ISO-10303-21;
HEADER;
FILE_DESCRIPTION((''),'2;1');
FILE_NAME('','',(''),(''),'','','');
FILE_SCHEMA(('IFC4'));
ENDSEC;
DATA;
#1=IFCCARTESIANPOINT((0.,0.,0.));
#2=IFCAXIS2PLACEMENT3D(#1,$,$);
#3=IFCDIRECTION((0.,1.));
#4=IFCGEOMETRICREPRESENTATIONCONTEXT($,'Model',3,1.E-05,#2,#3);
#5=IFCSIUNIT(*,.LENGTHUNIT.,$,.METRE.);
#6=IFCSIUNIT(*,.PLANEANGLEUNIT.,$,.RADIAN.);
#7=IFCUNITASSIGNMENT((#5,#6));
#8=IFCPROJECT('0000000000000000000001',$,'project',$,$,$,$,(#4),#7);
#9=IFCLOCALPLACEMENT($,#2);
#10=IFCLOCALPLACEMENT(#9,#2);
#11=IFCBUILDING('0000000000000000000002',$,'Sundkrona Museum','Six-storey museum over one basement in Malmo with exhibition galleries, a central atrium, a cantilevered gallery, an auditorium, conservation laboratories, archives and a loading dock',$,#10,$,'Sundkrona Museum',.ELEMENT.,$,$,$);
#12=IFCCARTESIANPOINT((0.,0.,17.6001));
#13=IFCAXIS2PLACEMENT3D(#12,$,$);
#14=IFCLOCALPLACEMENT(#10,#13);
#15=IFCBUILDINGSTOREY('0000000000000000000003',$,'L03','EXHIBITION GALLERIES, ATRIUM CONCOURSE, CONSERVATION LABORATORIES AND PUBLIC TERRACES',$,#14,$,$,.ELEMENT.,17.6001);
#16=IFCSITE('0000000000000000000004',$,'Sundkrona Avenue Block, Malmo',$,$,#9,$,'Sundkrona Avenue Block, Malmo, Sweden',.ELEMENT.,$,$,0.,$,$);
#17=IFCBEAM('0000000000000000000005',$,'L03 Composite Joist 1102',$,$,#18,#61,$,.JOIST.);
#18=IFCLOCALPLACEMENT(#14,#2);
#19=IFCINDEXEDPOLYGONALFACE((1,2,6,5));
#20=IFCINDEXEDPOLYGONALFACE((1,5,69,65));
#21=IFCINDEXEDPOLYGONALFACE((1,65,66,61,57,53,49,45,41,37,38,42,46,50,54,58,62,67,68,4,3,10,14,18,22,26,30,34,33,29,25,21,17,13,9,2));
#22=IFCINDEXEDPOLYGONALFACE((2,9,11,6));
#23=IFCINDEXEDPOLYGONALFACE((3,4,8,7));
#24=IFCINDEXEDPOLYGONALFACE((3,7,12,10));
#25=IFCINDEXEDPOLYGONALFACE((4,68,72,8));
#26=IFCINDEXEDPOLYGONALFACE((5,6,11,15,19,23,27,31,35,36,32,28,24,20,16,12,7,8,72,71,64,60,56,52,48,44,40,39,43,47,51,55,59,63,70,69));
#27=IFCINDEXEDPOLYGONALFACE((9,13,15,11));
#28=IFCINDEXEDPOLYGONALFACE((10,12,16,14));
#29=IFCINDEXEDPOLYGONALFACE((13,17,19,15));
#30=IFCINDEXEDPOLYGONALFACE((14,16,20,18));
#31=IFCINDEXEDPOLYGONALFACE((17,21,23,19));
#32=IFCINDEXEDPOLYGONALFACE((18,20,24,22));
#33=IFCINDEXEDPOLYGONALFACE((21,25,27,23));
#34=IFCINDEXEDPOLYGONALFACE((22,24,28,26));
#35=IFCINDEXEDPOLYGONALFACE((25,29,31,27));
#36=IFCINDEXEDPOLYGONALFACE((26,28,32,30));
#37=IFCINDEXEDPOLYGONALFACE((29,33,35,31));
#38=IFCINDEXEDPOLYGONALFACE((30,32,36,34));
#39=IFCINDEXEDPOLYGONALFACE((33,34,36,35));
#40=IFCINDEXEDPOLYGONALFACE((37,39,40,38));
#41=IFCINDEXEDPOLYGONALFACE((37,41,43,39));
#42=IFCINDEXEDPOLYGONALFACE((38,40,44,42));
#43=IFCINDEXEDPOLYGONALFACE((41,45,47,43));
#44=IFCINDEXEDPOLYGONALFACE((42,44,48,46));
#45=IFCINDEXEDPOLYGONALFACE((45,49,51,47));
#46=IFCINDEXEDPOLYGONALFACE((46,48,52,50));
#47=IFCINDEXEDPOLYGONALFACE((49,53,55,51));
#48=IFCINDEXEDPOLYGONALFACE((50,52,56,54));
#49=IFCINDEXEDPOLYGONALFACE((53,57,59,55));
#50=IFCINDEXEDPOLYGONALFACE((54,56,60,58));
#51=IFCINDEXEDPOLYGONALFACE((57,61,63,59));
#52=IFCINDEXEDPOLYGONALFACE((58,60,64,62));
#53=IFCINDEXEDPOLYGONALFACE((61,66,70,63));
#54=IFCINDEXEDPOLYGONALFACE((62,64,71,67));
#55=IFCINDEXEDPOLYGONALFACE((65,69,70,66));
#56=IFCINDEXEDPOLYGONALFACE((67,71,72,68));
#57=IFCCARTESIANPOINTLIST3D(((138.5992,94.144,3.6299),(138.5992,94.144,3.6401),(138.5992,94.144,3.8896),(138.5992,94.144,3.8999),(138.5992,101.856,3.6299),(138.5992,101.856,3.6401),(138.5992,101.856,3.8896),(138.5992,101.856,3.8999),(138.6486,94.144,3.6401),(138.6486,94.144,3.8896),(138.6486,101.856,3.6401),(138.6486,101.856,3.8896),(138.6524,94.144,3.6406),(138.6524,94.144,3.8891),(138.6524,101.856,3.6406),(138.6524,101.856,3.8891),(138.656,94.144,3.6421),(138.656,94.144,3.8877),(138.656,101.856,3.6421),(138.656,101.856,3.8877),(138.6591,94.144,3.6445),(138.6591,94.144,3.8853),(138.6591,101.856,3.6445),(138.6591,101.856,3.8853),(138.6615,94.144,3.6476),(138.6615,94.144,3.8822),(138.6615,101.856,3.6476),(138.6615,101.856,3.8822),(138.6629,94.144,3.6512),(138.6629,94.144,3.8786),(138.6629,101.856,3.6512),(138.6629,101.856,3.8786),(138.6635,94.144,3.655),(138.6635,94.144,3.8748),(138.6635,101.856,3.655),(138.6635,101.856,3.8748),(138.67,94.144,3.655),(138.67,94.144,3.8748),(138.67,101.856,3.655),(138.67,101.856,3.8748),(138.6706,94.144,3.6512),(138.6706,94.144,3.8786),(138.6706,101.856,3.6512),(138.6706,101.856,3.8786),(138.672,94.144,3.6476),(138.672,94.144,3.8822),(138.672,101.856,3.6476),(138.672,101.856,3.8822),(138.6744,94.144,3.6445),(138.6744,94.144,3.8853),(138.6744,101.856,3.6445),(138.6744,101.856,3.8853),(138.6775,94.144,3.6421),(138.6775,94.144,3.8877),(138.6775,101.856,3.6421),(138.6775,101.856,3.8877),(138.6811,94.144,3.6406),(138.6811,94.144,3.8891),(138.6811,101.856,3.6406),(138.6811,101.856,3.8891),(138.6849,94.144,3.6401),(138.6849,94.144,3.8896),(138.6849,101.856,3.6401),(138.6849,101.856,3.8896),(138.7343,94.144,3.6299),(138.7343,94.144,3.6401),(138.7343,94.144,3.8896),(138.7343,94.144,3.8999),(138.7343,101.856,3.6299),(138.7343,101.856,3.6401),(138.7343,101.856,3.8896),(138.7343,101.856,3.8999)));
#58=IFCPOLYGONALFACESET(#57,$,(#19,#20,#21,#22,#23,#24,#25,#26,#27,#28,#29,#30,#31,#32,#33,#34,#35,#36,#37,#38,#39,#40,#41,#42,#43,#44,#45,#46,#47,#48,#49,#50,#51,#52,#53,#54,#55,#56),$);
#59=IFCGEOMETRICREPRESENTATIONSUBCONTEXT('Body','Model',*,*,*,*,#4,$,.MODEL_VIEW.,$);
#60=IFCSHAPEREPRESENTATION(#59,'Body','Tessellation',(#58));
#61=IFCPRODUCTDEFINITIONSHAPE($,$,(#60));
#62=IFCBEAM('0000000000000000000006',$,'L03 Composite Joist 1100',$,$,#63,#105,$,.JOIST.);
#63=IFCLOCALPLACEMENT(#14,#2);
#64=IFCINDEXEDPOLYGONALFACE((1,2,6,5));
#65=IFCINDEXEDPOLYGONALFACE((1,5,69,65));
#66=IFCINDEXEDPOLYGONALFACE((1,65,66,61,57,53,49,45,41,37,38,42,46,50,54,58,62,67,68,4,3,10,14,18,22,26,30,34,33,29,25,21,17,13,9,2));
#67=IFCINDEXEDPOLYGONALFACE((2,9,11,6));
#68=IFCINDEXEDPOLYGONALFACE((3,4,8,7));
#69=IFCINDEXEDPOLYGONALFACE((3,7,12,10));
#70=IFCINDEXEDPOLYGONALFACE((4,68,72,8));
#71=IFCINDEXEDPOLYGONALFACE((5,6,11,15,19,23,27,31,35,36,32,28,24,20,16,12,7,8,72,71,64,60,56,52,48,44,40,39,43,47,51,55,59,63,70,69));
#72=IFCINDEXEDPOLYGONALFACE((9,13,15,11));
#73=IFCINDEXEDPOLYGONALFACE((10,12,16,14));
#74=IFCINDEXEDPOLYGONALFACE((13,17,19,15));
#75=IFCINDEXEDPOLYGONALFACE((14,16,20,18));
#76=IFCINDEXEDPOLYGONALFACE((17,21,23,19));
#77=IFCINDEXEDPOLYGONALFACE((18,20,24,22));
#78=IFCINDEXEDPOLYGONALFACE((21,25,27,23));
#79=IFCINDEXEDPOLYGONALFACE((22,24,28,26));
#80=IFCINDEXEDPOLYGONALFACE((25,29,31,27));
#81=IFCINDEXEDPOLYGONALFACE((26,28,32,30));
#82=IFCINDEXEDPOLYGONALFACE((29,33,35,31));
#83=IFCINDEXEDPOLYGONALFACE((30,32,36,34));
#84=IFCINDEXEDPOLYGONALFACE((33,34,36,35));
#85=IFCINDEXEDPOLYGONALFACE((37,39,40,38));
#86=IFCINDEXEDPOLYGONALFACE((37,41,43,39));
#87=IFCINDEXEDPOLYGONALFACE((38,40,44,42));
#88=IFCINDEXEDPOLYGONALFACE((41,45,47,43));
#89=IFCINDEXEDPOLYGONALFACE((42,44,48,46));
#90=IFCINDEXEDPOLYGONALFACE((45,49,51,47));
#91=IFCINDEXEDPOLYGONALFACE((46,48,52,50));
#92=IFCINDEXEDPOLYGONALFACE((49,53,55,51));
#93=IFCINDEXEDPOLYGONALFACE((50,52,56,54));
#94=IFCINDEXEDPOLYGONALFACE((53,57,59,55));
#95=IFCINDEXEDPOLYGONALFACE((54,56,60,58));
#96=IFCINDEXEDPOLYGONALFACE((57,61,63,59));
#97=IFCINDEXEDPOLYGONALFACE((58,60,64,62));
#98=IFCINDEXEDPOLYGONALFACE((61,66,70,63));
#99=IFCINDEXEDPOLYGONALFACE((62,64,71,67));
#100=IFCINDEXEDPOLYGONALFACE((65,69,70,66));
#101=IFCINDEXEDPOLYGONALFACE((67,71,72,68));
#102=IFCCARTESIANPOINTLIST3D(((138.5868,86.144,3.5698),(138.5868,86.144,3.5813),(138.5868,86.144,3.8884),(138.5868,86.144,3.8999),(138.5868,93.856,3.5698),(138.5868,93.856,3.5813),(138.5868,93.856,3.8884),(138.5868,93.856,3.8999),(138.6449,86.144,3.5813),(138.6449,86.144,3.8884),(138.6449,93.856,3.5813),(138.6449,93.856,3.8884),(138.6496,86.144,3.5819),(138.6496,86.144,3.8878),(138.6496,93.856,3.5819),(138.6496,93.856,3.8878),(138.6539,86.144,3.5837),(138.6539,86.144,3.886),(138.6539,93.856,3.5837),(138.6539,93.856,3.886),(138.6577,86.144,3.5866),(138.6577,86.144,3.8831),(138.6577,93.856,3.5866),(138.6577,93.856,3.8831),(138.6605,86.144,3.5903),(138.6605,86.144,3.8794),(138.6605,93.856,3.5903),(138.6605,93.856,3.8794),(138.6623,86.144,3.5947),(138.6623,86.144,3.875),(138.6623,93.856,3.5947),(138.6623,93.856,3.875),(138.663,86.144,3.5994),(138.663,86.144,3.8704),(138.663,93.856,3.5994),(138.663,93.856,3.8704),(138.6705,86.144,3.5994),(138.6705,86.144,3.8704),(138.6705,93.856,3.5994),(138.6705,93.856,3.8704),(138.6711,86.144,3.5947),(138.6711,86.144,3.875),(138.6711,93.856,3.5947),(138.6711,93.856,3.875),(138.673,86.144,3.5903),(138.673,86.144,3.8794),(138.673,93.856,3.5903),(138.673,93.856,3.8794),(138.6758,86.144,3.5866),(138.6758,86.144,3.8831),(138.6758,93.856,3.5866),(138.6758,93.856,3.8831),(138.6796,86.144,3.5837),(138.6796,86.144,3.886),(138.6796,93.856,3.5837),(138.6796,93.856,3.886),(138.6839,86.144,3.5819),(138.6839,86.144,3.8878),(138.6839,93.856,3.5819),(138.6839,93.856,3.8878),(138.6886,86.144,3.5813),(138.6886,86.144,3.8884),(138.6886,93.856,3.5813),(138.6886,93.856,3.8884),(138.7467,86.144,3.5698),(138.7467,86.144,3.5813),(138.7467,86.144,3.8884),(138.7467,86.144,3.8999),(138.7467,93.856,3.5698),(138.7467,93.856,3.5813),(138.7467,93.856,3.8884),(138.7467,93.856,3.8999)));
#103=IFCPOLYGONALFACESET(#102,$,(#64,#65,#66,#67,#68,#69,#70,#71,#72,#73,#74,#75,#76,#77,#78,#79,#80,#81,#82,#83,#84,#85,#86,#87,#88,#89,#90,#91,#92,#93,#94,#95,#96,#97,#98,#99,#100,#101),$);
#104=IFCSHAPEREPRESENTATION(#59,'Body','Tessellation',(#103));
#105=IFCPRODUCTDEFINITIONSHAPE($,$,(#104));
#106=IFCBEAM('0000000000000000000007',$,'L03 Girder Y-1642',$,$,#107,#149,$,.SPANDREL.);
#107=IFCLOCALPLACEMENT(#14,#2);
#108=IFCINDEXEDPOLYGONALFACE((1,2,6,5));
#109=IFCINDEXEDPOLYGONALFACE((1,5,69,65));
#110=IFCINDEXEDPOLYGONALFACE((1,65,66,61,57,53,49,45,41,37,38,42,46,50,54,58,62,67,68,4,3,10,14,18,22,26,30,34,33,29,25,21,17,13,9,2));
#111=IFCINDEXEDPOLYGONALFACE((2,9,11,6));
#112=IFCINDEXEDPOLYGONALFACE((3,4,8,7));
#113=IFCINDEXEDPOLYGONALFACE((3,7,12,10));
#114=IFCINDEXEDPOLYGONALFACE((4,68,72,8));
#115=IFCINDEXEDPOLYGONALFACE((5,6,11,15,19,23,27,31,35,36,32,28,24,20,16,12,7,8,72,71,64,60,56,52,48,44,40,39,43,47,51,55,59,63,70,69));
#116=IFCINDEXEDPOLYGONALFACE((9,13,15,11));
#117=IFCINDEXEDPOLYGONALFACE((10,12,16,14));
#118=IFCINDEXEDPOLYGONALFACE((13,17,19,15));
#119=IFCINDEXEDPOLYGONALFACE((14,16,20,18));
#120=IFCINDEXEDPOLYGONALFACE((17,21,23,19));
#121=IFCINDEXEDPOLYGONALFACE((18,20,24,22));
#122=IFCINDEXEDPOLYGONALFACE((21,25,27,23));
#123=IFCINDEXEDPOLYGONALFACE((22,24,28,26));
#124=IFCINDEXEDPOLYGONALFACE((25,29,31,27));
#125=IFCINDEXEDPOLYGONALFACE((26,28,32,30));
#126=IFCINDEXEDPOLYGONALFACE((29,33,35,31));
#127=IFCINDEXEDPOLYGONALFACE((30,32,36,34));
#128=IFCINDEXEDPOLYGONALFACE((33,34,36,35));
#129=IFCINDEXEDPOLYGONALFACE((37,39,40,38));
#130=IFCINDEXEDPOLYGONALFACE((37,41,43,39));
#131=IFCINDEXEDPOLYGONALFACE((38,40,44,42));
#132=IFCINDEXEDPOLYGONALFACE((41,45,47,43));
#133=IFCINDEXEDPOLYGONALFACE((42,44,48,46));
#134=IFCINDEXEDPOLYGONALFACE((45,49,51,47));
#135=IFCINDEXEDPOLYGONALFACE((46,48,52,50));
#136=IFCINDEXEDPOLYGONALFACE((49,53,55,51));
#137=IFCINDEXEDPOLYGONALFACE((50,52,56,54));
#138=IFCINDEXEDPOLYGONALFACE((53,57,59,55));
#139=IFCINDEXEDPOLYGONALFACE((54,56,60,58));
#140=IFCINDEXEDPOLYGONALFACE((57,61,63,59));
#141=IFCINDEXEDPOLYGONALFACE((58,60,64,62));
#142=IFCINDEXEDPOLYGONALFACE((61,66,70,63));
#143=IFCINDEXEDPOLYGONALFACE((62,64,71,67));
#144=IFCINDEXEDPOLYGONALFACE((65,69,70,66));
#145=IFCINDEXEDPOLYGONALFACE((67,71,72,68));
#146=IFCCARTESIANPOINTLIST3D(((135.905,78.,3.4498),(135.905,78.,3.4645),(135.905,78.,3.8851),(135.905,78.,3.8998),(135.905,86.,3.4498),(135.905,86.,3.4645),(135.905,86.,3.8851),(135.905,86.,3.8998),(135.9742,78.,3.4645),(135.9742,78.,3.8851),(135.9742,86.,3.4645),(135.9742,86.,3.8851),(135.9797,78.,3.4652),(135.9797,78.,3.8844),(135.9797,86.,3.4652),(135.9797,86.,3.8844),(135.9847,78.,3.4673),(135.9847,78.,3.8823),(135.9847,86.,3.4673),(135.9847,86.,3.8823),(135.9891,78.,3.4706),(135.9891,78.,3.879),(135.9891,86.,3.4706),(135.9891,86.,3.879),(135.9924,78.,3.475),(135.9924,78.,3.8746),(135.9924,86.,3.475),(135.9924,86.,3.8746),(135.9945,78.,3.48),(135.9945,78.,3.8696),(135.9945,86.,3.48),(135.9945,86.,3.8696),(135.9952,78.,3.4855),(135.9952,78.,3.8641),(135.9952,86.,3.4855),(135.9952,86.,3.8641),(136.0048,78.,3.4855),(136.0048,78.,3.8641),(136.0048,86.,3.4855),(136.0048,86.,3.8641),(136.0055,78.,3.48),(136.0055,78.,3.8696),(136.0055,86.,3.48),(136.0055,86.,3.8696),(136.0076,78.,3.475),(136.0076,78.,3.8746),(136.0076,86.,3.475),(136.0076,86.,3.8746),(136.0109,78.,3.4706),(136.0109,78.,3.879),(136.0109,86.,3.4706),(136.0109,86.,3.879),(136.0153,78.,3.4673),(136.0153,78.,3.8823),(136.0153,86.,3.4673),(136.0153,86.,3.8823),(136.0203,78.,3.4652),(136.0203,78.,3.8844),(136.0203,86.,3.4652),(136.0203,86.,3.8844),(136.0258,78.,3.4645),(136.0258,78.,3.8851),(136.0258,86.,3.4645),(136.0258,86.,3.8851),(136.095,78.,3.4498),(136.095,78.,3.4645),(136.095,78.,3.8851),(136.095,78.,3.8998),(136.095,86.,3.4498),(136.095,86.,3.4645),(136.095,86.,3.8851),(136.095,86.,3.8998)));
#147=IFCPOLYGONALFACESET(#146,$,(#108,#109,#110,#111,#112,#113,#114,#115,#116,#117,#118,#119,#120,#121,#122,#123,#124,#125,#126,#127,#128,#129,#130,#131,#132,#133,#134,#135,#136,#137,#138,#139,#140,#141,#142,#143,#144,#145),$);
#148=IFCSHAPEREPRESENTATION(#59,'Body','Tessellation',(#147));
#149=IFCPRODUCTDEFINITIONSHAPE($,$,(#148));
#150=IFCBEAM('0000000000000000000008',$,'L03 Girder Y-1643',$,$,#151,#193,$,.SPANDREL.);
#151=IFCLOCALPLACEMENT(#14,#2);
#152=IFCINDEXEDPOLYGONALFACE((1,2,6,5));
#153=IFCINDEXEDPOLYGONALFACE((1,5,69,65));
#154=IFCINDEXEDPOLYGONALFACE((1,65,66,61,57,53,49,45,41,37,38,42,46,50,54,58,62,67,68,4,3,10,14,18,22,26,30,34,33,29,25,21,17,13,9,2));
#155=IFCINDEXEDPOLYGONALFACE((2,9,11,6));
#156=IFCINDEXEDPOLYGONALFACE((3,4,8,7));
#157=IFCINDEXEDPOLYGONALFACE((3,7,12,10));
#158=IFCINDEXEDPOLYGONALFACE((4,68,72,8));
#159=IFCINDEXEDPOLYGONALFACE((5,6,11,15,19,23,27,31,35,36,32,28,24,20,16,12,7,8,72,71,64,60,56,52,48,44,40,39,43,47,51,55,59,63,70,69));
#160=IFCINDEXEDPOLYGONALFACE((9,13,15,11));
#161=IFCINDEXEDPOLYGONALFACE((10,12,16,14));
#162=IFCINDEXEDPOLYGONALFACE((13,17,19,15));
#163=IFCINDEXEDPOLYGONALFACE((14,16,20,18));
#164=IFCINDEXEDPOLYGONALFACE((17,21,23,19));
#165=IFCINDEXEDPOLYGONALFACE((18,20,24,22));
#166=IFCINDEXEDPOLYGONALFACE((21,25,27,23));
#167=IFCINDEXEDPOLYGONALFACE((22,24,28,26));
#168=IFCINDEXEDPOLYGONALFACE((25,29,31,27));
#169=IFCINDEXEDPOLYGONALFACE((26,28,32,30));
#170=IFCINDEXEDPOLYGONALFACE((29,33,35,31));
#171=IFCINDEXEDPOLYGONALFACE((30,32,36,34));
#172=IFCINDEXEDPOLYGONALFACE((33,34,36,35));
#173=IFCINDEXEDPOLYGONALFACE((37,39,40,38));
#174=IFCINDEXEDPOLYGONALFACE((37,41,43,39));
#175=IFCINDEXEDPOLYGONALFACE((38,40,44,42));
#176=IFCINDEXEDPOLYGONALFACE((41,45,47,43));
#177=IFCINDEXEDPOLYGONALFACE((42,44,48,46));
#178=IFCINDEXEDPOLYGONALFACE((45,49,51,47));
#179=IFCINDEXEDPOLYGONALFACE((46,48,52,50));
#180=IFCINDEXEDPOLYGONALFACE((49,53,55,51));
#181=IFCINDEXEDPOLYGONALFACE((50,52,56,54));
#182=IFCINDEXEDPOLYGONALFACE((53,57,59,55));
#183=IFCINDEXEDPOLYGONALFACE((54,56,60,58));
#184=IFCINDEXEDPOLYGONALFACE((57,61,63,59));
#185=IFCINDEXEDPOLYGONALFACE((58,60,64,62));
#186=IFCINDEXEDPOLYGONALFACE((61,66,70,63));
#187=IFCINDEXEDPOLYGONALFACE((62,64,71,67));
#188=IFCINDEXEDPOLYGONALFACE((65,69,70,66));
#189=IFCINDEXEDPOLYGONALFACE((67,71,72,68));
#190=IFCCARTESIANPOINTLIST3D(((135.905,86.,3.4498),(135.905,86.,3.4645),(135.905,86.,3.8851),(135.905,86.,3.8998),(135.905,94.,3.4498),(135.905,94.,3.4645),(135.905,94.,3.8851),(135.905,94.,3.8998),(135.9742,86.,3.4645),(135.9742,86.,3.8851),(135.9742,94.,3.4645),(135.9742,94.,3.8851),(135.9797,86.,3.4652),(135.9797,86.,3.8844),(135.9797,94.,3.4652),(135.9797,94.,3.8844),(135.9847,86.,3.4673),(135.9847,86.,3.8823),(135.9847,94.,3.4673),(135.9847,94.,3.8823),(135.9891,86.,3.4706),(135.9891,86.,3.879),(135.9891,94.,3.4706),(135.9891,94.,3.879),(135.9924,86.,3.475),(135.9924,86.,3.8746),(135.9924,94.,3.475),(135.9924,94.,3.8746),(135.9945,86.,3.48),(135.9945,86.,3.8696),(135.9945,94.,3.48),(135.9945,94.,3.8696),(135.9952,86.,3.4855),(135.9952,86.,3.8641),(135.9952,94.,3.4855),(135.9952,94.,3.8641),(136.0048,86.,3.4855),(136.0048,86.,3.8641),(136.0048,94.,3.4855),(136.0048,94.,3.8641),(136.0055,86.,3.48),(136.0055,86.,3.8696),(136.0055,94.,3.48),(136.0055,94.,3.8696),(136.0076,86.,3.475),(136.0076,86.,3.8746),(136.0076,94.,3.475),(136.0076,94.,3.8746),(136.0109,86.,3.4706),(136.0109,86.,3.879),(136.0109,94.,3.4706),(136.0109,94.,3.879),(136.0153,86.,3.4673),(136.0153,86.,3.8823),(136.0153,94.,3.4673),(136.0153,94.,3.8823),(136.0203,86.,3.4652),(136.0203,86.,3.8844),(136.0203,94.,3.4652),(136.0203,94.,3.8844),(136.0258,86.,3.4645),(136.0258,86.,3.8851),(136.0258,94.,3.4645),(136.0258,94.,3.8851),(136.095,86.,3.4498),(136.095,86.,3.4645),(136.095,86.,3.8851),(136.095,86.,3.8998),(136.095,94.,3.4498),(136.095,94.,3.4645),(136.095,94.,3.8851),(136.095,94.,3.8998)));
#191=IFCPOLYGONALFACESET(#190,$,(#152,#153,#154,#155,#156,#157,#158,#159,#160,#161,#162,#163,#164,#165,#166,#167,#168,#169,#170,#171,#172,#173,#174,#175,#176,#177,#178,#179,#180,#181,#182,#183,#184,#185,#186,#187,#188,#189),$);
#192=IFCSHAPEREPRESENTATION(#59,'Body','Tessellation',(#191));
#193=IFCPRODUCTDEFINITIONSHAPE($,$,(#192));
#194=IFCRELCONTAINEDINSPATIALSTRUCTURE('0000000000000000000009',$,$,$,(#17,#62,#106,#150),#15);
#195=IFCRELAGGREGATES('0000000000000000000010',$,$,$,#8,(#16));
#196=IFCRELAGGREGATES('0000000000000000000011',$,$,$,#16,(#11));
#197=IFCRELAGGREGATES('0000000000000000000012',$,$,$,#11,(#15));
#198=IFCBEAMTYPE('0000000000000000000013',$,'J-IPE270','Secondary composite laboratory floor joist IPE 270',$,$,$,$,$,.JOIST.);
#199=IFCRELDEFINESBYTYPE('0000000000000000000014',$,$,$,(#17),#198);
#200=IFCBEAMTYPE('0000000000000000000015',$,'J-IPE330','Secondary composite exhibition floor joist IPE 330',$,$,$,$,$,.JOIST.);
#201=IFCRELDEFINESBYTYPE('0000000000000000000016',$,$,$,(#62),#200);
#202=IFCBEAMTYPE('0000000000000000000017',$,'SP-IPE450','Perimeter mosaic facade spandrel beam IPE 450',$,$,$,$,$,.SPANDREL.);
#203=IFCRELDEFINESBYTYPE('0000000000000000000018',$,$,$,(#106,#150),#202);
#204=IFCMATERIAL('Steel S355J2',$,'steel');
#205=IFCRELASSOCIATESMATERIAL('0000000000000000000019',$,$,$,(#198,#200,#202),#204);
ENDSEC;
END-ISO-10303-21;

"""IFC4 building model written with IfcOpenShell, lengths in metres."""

from ifc_helpers import new_model, si_unit, direction, frame, origin, origin_2d, place, context, subcontext, project, spatial, i_section, extrude, material, material_profile, profile_set, type_object, element, save


model = new_model("IFC4")

# Units and contexts
model_context = context("Model", 3, precision=1e-05, world=origin(), true_north=direction((0.0, 1.0)))
body_context = subcontext(model_context, "Body", "Model", "MODEL_VIEW")
ifc_project = project(units=[si_unit("LENGTHUNIT", "METRE"), si_unit("PLANEANGLEUNIT", "RADIAN")], contexts=[model_context])

# Site, building, storey
site_placement = place(None, origin())
site = spatial("IfcSite", under=ifc_project, at=site_placement, Name="Sundkrona Avenue Block, Malmo", LongName="Sundkrona Avenue Block, Malmo, Sweden", CompositionType="ELEMENT", RefElevation=0.0)
building_placement = place(site_placement, origin())
building = spatial("IfcBuilding", under=site, at=building_placement, Name="Sundkrona Museum", Description="Six-storey museum over one basement in Malmo with exhibition galleries, a central atrium, a cantilevered gallery, an auditorium, conservation laboratories, archives and a loading dock", LongName="Sundkrona Museum", CompositionType="ELEMENT")
storey_placement = place(building_placement, frame((0.0, 0.0, 17.6001)))
storey = spatial("IfcBuildingStorey", under=building, at=storey_placement, Name="L03", Description="EXHIBITION GALLERIES, ATRIUM CONCOURSE, CONSERVATION LABORATORIES AND PUBLIC TERRACES", CompositionType="ELEMENT", Elevation=17.6001)

# Shared definitions
ifc_material_1 = material(Name="Steel S355J2", Category="steel")

# Beams
ifc_material_profile_1 = material_profile(ifc_material_1, i_section(OverallWidth=0.135, OverallDepth=0.27, WebThickness=0.0066, FlangeThickness=0.0103, FilletRadius=0.0149, at=origin_2d()), Name="IPE 270")
ifc_profile_set_1 = profile_set([ifc_material_profile_1], Name="Steel S355J2")
beam_type_1 = type_object("IfcBeamType", Name="J-IPE270", Description="Secondary composite laboratory floor joist IPE 270", PredefinedType="JOIST", material=ifc_profile_set_1)
for number, where, z_axis, x_axis, name in (
    (1, (138.6667, 94.144, 3.7649), (0.0, 1.0, 0.0), (-1.0, 0.0, 0.0), "L03 Composite Joist 1102"),
):
    element("IfcBeam", number, at=place(storey_placement, frame(where, z_axis=z_axis, x_axis=x_axis)), inside=storey, type_object=beam_type_1, Name=name, PredefinedType="JOIST", context=body_context, shape_type="SweptSolid", body=[
        extrude(i_section(OverallWidth=0.135, OverallDepth=0.27, WebThickness=0.0066, FlangeThickness=0.0103, FilletRadius=0.0149, at=origin_2d()), origin(), (0.0, 0.0, 1.0), 7.7119),
    ])
ifc_material_profile_2 = material_profile(ifc_material_1, i_section(OverallWidth=0.1599, OverallDepth=0.3301, WebThickness=0.0076, FlangeThickness=0.0115, FilletRadius=0.0181, at=origin_2d()), Name="IPE 330")
ifc_profile_set_2 = profile_set([ifc_material_profile_2], Name="Steel S355J2")
beam_type_2 = type_object("IfcBeamType", Name="J-IPE330", Description="Secondary composite exhibition floor joist IPE 330", PredefinedType="JOIST", material=ifc_profile_set_2)
beam_placement = place(storey_placement, frame((138.6667, 86.144, 3.7349), z_axis=(0.0, 1.0, 0.0), x_axis=(-1.0, 0.0, 0.0)))
element("IfcBeam", 2, at=beam_placement, inside=storey, type_object=beam_type_2, Name="L03 Composite Joist 1100", PredefinedType="JOIST", context=body_context, shape_type="SweptSolid", body=[
    extrude(i_section(OverallWidth=0.1599, OverallDepth=0.3301, WebThickness=0.0076, FlangeThickness=0.0115, FilletRadius=0.0181, at=origin_2d()), origin(), (0.0, 0.0, 1.0), 7.7119),
])
ifc_material_profile_3 = material_profile(ifc_material_1, i_section(OverallWidth=0.1899, OverallDepth=0.45, WebThickness=0.0095, FlangeThickness=0.0146, FilletRadius=0.021, at=origin_2d()), Name="IPE 450")
ifc_profile_set_3 = profile_set([ifc_material_profile_3], Name="Steel S355J2")
beam_type_3 = type_object("IfcBeamType", Name="SP-IPE450", Description="Perimeter mosaic facade spandrel beam IPE 450", PredefinedType="SPANDREL", material=ifc_profile_set_3)
for number, where, z_axis, x_axis, name in (
    (3, (136.0, 78.0, 3.6748), (0.0, 1.0, 0.0), (-1.0, 0.0, 0.0), "L03 Girder Y-1642"),
    (4, (136.0, 86.0, 3.6748), (0.0, 1.0, 0.0), (-1.0, 0.0, 0.0), "L03 Girder Y-1643"),
):
    element("IfcBeam", number, at=place(storey_placement, frame(where, z_axis=z_axis, x_axis=x_axis)), inside=storey, type_object=beam_type_3, Name=name, PredefinedType="SPANDREL", context=body_context, shape_type="SweptSolid", body=[
        extrude(i_section(OverallWidth=0.1899, OverallDepth=0.45, WebThickness=0.0095, FlangeThickness=0.0146, FilletRadius=0.021, at=origin_2d()), origin(), (0.0, 0.0, 1.0), 8.0),
    ])

save(model, "model.ifc")
